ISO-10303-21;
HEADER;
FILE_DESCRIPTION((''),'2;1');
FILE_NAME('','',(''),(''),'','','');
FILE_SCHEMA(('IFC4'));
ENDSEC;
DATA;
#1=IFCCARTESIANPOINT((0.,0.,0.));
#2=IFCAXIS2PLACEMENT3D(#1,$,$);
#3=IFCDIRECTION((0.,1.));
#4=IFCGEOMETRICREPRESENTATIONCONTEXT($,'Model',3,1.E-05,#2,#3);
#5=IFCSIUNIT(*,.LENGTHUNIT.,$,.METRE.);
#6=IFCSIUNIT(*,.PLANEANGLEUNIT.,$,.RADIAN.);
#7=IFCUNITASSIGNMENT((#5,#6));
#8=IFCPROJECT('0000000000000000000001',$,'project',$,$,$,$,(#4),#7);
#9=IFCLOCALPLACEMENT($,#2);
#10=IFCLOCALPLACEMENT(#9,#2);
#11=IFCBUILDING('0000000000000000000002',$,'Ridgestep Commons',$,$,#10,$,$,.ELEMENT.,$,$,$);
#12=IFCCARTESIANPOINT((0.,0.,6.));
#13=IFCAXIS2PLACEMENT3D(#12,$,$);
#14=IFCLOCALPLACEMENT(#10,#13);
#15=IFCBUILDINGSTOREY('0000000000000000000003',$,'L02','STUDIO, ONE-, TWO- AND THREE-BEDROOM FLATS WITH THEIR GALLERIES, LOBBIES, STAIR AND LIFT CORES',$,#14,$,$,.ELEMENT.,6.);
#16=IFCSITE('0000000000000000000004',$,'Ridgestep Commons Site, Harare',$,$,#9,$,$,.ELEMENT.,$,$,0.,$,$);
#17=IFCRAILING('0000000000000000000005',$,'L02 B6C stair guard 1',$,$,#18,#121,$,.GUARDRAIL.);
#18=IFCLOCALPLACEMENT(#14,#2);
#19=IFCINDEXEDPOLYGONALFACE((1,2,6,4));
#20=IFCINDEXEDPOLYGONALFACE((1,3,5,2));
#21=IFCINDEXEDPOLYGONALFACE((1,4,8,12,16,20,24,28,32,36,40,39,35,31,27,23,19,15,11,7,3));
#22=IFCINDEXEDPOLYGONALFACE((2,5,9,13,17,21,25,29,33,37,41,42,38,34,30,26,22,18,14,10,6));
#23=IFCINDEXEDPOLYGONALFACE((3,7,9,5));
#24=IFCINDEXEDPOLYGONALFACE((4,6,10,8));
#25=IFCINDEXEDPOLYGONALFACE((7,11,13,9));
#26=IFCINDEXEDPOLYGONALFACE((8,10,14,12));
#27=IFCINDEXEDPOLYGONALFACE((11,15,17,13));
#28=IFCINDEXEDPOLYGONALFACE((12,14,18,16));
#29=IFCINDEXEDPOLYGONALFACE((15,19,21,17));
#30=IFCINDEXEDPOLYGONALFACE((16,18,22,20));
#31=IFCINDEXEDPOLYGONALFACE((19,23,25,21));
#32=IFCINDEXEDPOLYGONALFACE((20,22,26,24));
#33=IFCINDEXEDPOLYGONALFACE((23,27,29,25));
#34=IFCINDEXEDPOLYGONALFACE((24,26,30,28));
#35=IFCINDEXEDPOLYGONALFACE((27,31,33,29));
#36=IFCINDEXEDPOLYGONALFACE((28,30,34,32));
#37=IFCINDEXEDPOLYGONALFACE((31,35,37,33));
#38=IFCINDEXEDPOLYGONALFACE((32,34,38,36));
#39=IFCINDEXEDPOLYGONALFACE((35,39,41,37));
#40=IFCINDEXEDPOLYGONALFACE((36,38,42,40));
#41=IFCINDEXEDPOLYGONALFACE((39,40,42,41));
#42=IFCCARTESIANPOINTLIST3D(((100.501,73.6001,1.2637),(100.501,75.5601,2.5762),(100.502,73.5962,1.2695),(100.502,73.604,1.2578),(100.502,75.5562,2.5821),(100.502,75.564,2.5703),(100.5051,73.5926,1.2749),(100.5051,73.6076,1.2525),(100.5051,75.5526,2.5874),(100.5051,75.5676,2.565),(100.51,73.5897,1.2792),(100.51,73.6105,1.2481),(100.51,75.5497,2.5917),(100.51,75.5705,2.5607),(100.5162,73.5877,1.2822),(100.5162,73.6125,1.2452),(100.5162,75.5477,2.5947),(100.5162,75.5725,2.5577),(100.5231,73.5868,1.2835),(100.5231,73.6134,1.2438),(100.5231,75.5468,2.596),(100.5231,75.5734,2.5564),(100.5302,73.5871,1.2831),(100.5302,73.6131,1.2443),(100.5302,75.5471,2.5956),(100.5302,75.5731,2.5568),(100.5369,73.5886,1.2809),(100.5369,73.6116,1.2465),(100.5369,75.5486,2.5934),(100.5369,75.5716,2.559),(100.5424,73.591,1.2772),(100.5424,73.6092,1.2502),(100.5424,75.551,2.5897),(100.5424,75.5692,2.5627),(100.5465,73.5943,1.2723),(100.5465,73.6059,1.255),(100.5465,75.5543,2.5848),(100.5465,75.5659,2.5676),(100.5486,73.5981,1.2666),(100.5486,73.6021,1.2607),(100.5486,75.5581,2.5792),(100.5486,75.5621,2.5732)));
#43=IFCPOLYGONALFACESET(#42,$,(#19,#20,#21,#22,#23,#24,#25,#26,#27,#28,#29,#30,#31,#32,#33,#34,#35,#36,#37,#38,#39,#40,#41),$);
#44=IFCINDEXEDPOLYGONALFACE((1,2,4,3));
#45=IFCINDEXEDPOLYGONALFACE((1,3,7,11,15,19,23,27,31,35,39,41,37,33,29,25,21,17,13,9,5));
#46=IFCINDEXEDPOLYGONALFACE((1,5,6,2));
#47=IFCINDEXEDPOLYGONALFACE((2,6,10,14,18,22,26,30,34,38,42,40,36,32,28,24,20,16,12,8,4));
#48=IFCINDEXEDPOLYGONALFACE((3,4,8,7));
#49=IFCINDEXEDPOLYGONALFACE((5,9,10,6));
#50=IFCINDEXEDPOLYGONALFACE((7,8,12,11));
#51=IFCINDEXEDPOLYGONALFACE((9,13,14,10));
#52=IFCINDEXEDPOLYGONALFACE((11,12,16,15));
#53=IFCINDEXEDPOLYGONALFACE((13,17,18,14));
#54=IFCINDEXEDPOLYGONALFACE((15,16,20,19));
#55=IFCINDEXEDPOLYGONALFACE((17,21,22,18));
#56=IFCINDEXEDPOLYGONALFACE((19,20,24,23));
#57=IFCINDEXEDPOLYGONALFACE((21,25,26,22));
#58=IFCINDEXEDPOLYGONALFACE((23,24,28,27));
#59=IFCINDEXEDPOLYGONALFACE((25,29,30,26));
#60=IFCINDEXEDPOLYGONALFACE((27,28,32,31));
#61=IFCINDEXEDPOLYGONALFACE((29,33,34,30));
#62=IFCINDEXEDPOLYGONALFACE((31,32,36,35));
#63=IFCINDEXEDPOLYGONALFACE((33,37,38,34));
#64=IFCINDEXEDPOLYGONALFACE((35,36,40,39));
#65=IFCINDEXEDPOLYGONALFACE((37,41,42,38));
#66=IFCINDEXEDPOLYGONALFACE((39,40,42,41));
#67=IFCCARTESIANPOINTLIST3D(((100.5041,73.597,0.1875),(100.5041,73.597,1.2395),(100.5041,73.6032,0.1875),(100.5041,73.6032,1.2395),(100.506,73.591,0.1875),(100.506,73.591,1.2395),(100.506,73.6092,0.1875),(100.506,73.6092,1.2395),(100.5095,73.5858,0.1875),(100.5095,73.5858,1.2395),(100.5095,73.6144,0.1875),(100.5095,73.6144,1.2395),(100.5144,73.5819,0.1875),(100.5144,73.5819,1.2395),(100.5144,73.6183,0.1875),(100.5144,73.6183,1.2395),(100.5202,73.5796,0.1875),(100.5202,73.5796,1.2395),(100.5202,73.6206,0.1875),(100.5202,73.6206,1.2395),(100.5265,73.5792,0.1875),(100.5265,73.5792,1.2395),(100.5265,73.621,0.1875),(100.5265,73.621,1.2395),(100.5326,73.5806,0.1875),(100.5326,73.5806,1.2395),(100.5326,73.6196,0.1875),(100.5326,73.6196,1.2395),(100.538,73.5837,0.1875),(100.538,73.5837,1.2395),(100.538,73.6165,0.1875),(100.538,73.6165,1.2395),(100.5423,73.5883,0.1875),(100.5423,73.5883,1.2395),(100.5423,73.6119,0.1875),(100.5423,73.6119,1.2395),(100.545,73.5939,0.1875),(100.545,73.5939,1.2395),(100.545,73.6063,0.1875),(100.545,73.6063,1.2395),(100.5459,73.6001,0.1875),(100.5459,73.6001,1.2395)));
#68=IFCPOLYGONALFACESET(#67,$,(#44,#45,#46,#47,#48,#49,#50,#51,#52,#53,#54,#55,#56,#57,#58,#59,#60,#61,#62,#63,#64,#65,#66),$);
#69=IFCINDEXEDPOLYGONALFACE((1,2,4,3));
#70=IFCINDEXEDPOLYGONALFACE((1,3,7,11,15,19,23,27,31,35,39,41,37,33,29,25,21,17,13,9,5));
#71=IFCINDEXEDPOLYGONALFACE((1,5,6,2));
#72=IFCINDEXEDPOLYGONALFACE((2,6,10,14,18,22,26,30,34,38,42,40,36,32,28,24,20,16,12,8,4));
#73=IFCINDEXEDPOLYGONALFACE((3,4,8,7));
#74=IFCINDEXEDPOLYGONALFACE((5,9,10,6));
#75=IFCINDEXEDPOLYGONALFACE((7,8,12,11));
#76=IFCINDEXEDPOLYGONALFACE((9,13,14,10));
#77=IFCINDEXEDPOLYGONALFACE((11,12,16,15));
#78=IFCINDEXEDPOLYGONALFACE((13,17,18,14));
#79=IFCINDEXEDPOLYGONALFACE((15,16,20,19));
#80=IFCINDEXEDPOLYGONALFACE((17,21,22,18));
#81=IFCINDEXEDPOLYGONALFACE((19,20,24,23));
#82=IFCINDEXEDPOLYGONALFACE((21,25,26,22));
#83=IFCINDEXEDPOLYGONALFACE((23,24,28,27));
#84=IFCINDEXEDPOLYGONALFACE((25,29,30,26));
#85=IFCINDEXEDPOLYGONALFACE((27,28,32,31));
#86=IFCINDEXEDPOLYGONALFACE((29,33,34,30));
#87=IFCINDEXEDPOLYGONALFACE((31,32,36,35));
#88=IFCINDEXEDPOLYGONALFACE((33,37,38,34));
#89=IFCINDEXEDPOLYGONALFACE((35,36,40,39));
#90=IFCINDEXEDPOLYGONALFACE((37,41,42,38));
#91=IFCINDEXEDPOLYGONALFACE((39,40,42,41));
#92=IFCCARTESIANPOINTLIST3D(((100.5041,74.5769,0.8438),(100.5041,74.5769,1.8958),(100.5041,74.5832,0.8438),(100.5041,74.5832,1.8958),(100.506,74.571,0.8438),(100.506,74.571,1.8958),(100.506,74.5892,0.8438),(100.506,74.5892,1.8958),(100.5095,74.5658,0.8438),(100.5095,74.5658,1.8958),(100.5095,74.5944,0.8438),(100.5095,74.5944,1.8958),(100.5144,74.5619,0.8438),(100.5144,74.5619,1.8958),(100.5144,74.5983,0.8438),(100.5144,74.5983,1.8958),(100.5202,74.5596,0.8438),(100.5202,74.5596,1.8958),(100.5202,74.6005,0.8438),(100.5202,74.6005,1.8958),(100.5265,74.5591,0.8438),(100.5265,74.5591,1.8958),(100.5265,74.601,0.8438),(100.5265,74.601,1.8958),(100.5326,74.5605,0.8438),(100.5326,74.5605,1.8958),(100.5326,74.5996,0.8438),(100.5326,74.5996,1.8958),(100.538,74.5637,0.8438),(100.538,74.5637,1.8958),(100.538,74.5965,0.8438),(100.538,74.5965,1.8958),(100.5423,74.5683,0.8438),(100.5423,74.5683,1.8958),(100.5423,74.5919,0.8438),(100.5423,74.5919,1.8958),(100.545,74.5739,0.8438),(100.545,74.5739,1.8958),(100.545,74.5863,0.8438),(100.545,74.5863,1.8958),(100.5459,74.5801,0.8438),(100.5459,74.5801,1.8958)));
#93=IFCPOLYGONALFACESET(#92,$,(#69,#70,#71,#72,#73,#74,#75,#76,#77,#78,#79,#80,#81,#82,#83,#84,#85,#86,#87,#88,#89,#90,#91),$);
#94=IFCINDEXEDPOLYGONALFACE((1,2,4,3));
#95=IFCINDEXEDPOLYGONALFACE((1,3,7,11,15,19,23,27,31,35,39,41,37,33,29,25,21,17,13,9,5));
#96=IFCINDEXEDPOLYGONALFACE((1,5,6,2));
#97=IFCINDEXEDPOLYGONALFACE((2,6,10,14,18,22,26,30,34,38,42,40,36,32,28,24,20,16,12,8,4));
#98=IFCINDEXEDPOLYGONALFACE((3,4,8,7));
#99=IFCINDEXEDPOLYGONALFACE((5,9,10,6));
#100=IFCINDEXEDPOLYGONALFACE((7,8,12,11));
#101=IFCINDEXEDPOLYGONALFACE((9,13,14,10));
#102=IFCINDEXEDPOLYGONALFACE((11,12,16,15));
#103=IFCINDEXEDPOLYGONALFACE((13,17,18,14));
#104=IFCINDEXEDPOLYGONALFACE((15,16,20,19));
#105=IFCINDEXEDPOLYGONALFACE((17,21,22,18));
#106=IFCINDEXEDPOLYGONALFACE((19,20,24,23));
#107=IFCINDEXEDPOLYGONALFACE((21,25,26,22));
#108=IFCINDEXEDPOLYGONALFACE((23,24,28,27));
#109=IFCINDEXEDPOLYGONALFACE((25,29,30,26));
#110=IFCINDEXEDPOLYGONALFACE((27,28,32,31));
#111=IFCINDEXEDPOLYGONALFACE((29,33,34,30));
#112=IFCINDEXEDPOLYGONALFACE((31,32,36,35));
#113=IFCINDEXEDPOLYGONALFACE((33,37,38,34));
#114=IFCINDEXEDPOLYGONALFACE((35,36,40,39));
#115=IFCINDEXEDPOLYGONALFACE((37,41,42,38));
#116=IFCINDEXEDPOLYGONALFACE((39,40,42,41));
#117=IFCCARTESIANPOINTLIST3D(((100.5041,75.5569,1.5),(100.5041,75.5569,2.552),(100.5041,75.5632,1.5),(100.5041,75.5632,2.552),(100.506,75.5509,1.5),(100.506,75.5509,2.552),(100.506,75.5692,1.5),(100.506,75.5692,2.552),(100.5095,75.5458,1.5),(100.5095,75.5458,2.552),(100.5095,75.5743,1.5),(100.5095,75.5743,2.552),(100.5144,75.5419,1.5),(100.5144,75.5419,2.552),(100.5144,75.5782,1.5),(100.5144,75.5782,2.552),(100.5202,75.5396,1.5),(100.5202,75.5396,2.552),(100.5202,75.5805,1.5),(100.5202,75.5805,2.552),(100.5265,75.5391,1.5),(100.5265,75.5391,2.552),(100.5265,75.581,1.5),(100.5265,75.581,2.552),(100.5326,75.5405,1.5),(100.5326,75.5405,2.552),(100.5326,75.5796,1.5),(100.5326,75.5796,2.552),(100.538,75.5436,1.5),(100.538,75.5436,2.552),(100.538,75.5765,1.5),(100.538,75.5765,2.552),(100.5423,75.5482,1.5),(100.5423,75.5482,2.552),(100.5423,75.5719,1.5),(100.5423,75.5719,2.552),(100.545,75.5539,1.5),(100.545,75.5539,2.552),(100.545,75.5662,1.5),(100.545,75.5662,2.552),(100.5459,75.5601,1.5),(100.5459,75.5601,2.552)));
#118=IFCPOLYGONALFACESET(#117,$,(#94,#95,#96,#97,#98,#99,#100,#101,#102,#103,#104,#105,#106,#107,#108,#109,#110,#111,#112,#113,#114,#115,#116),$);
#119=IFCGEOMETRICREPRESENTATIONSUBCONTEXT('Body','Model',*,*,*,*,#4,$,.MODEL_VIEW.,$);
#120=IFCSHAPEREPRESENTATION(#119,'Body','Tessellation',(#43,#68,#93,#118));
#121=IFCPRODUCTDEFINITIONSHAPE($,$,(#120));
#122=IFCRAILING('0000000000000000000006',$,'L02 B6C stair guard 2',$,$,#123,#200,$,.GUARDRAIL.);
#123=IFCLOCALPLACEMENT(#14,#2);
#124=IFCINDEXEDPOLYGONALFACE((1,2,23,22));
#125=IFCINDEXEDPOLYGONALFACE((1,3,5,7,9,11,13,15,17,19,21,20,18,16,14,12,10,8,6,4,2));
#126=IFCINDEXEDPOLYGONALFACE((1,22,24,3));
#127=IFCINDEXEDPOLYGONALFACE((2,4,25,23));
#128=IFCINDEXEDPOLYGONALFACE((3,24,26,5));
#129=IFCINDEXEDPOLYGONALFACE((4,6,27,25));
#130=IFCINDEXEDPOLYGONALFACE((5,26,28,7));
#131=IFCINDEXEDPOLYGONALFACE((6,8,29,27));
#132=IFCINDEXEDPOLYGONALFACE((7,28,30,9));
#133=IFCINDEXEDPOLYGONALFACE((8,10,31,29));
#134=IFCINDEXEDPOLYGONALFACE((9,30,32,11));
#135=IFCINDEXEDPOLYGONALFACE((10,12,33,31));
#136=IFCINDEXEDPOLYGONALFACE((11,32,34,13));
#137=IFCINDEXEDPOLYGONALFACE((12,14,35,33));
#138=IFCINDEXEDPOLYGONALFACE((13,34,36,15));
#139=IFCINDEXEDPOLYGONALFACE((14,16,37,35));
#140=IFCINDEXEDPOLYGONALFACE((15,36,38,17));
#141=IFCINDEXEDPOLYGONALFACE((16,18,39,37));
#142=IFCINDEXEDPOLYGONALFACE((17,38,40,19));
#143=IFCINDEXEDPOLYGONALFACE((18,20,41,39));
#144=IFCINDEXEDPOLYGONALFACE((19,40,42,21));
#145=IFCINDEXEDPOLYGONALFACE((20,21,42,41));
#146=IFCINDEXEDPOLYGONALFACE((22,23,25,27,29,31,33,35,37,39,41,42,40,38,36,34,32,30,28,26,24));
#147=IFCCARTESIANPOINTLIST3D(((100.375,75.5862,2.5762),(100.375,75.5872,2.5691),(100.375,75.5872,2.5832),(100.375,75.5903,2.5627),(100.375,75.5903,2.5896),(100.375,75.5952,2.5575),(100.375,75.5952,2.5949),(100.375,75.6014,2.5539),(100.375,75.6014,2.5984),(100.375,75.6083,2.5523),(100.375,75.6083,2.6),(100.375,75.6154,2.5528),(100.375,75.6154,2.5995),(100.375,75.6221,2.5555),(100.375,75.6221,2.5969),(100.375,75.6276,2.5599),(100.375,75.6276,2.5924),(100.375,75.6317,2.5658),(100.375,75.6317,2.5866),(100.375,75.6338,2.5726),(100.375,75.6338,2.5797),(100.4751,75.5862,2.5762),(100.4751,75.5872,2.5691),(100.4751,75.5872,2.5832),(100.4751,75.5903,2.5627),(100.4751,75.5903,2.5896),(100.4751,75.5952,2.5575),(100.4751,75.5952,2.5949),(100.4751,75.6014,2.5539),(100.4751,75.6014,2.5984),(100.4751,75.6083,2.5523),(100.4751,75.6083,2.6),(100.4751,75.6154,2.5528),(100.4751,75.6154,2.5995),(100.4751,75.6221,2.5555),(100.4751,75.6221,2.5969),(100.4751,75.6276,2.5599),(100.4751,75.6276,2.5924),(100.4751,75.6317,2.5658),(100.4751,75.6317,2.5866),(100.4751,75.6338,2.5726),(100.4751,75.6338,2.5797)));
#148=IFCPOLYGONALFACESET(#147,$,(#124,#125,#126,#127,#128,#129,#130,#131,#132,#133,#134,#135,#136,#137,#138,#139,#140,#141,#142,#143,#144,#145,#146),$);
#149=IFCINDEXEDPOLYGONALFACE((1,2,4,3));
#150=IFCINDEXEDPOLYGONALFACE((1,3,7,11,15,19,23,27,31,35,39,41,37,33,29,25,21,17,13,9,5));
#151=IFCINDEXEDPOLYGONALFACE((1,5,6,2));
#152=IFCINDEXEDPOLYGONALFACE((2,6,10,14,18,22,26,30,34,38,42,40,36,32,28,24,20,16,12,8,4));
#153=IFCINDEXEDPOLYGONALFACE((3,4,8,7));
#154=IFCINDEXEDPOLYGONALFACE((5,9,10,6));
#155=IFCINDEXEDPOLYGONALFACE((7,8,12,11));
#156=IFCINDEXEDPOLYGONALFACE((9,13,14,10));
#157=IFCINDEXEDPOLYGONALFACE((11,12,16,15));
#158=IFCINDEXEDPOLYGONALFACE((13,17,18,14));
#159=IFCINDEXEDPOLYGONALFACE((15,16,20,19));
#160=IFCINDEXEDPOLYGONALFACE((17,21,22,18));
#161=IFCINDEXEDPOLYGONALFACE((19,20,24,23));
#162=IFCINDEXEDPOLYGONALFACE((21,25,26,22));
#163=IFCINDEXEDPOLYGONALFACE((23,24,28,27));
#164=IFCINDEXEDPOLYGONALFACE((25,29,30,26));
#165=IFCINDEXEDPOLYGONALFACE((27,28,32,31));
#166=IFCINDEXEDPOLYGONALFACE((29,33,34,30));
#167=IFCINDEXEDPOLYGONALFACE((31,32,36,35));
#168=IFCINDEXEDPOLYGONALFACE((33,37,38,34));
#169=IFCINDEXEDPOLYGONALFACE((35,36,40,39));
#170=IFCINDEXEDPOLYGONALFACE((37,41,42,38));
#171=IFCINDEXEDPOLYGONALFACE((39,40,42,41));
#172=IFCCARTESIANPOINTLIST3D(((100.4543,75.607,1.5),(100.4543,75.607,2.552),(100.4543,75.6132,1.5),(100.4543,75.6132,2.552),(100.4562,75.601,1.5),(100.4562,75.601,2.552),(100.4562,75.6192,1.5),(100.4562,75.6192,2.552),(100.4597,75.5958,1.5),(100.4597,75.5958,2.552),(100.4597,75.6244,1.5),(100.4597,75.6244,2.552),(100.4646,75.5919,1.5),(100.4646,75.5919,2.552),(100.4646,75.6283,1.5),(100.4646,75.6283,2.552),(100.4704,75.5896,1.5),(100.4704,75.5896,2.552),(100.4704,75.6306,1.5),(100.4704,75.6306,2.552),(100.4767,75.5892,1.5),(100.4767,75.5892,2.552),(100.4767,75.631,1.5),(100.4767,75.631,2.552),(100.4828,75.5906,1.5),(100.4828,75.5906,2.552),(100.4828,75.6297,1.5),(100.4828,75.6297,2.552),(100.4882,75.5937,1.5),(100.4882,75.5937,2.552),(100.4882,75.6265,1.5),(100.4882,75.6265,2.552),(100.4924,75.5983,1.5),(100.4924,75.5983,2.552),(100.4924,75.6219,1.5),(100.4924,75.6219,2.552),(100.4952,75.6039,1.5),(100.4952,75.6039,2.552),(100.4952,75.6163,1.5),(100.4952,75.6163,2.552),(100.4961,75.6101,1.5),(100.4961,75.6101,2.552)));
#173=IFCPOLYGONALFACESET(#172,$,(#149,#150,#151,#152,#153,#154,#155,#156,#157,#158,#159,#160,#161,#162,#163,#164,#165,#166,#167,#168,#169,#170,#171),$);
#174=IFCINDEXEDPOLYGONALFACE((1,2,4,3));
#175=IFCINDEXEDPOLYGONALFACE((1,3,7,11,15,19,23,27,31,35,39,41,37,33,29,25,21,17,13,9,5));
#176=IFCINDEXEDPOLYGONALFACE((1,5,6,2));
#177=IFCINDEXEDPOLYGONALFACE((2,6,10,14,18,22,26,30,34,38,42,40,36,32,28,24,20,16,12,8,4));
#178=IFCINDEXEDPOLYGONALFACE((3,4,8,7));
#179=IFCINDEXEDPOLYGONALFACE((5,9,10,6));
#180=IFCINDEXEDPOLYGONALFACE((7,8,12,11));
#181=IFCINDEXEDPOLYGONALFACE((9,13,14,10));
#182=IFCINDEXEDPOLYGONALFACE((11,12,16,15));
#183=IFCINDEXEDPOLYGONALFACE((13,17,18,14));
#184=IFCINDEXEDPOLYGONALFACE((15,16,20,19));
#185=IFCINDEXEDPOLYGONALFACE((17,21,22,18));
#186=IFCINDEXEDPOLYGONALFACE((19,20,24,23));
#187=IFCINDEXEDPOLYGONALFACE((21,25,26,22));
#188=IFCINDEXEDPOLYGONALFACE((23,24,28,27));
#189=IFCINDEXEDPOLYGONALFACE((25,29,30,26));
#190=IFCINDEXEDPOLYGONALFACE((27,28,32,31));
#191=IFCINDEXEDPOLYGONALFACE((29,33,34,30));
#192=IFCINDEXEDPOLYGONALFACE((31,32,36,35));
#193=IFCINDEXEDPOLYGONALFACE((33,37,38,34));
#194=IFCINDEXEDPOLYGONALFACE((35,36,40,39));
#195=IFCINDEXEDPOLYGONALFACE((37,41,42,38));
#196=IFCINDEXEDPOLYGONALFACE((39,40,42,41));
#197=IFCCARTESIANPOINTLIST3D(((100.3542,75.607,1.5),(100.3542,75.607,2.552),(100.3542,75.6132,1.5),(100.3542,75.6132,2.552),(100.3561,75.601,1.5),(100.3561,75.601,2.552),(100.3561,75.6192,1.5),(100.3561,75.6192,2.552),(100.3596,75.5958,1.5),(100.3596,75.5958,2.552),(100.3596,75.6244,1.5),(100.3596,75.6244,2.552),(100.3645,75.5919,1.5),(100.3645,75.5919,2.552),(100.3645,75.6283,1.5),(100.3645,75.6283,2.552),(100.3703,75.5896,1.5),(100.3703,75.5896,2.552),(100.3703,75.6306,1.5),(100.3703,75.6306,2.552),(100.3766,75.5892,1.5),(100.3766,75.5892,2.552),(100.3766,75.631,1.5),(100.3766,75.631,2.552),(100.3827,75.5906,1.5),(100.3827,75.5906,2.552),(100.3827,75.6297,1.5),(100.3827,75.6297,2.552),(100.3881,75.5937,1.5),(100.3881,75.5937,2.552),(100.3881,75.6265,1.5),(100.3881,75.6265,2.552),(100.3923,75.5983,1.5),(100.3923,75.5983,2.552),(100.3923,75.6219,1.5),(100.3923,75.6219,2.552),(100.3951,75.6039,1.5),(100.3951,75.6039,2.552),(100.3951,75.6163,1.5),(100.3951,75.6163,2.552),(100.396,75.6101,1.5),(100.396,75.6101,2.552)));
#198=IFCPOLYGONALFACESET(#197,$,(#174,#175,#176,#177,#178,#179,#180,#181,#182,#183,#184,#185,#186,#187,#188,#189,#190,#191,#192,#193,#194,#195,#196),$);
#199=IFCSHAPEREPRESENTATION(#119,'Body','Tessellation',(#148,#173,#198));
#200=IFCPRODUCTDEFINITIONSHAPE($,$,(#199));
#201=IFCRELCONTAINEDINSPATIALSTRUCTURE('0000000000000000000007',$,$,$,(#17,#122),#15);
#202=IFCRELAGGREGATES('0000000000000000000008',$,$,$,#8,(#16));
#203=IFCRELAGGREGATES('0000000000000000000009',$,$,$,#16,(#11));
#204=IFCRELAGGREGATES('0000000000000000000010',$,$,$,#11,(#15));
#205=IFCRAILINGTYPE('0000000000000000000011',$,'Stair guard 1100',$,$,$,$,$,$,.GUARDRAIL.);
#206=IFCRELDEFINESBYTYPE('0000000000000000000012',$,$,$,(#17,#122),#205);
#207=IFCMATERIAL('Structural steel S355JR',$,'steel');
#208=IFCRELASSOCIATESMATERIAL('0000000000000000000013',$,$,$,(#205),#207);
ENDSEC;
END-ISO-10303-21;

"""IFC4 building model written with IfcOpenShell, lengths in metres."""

from ifc_helpers import new_model, si_unit, direction, frame, origin, origin_2d, place, context, subcontext, project, spatial, circle, extrude, material, type_object, element, save


model = new_model("IFC4")

# Units and contexts
model_context = context("Model", 3, precision=1e-05, world=origin(), true_north=direction((0.0, 1.0)))
body_context = subcontext(model_context, "Body", "Model", "MODEL_VIEW")
ifc_project = project(units=[si_unit("LENGTHUNIT", "METRE"), si_unit("PLANEANGLEUNIT", "RADIAN")], contexts=[model_context])

# Site, building, storey
site_placement = place(None, origin())
site = spatial("IfcSite", under=ifc_project, at=site_placement, Name="Ridgestep Commons Site, Harare", CompositionType="ELEMENT", RefElevation=0.0)
building_placement = place(site_placement, origin())
building = spatial("IfcBuilding", under=site, at=building_placement, Name="Ridgestep Commons", CompositionType="ELEMENT")
storey_placement = place(building_placement, frame((0.0, 0.0, 6.0)))
storey = spatial("IfcBuildingStorey", under=building, at=storey_placement, Name="L02", Description="STUDIO, ONE-, TWO- AND THREE-BEDROOM FLATS WITH THEIR GALLERIES, LOBBIES, STAIR AND LIFT CORES", CompositionType="ELEMENT", Elevation=6.0)

# Railings
ifc_material_1 = material(Name="Structural steel S355JR", Category="steel")
railing_type_1 = type_object("IfcRailingType", Name="Stair guard 1100", PredefinedType="GUARDRAIL", material=ifc_material_1)
railing_1_placement = place(storey_placement, frame((100.5249, 73.6001, 0.1875)))
element("IfcRailing", 1, at=railing_1_placement, inside=storey, type_object=railing_type_1, Name="L02 B6C stair guard 1", PredefinedType="GUARDRAIL", context=body_context, shape_type="SweptSolid", body=[
    extrude(circle(Radius=0.0239, at=origin_2d()), frame((0.0, 0.0, 1.0762), z_axis=(0.0, 0.830902, 0.556419), x_axis=(-1.0, 0.0, 0.0)), (0.0, 0.0, 1.0), 2.3589),
    extrude(circle(Radius=0.021, at=origin_2d()), origin(), (0.0, 0.0, 1.0), 1.052),
    extrude(circle(Radius=0.021, at=origin_2d()), frame((0.0, 0.98, 0.6562)), (0.0, 0.0, 1.0), 1.052),
    extrude(circle(Radius=0.021, at=origin_2d()), frame((0.0, 1.96, 1.3125)), (0.0, 0.0, 1.0), 1.052),
])
railing_2_placement = place(storey_placement, frame((100.4751, 75.6101, 1.5)))
element("IfcRailing", 2, at=railing_2_placement, inside=storey, type_object=railing_type_1, Name="L02 B6C stair guard 2", PredefinedType="GUARDRAIL", context=body_context, shape_type="SweptSolid", body=[
    extrude(circle(Radius=0.0239, at=origin_2d()), frame((0.0, 0.0, 1.0762), z_axis=(-1.0, 0.0, 0.0), x_axis=(0.0, -1.0, 0.0)), (0.0, 0.0, 1.0), 0.1001),
    extrude(circle(Radius=0.021, at=origin_2d()), origin(), (0.0, 0.0, 1.0), 1.052),
    extrude(circle(Radius=0.021, at=origin_2d()), frame((-0.1001, 0.0, 0.0)), (0.0, 0.0, 1.0), 1.052),
])

save(model, "model.ifc")
